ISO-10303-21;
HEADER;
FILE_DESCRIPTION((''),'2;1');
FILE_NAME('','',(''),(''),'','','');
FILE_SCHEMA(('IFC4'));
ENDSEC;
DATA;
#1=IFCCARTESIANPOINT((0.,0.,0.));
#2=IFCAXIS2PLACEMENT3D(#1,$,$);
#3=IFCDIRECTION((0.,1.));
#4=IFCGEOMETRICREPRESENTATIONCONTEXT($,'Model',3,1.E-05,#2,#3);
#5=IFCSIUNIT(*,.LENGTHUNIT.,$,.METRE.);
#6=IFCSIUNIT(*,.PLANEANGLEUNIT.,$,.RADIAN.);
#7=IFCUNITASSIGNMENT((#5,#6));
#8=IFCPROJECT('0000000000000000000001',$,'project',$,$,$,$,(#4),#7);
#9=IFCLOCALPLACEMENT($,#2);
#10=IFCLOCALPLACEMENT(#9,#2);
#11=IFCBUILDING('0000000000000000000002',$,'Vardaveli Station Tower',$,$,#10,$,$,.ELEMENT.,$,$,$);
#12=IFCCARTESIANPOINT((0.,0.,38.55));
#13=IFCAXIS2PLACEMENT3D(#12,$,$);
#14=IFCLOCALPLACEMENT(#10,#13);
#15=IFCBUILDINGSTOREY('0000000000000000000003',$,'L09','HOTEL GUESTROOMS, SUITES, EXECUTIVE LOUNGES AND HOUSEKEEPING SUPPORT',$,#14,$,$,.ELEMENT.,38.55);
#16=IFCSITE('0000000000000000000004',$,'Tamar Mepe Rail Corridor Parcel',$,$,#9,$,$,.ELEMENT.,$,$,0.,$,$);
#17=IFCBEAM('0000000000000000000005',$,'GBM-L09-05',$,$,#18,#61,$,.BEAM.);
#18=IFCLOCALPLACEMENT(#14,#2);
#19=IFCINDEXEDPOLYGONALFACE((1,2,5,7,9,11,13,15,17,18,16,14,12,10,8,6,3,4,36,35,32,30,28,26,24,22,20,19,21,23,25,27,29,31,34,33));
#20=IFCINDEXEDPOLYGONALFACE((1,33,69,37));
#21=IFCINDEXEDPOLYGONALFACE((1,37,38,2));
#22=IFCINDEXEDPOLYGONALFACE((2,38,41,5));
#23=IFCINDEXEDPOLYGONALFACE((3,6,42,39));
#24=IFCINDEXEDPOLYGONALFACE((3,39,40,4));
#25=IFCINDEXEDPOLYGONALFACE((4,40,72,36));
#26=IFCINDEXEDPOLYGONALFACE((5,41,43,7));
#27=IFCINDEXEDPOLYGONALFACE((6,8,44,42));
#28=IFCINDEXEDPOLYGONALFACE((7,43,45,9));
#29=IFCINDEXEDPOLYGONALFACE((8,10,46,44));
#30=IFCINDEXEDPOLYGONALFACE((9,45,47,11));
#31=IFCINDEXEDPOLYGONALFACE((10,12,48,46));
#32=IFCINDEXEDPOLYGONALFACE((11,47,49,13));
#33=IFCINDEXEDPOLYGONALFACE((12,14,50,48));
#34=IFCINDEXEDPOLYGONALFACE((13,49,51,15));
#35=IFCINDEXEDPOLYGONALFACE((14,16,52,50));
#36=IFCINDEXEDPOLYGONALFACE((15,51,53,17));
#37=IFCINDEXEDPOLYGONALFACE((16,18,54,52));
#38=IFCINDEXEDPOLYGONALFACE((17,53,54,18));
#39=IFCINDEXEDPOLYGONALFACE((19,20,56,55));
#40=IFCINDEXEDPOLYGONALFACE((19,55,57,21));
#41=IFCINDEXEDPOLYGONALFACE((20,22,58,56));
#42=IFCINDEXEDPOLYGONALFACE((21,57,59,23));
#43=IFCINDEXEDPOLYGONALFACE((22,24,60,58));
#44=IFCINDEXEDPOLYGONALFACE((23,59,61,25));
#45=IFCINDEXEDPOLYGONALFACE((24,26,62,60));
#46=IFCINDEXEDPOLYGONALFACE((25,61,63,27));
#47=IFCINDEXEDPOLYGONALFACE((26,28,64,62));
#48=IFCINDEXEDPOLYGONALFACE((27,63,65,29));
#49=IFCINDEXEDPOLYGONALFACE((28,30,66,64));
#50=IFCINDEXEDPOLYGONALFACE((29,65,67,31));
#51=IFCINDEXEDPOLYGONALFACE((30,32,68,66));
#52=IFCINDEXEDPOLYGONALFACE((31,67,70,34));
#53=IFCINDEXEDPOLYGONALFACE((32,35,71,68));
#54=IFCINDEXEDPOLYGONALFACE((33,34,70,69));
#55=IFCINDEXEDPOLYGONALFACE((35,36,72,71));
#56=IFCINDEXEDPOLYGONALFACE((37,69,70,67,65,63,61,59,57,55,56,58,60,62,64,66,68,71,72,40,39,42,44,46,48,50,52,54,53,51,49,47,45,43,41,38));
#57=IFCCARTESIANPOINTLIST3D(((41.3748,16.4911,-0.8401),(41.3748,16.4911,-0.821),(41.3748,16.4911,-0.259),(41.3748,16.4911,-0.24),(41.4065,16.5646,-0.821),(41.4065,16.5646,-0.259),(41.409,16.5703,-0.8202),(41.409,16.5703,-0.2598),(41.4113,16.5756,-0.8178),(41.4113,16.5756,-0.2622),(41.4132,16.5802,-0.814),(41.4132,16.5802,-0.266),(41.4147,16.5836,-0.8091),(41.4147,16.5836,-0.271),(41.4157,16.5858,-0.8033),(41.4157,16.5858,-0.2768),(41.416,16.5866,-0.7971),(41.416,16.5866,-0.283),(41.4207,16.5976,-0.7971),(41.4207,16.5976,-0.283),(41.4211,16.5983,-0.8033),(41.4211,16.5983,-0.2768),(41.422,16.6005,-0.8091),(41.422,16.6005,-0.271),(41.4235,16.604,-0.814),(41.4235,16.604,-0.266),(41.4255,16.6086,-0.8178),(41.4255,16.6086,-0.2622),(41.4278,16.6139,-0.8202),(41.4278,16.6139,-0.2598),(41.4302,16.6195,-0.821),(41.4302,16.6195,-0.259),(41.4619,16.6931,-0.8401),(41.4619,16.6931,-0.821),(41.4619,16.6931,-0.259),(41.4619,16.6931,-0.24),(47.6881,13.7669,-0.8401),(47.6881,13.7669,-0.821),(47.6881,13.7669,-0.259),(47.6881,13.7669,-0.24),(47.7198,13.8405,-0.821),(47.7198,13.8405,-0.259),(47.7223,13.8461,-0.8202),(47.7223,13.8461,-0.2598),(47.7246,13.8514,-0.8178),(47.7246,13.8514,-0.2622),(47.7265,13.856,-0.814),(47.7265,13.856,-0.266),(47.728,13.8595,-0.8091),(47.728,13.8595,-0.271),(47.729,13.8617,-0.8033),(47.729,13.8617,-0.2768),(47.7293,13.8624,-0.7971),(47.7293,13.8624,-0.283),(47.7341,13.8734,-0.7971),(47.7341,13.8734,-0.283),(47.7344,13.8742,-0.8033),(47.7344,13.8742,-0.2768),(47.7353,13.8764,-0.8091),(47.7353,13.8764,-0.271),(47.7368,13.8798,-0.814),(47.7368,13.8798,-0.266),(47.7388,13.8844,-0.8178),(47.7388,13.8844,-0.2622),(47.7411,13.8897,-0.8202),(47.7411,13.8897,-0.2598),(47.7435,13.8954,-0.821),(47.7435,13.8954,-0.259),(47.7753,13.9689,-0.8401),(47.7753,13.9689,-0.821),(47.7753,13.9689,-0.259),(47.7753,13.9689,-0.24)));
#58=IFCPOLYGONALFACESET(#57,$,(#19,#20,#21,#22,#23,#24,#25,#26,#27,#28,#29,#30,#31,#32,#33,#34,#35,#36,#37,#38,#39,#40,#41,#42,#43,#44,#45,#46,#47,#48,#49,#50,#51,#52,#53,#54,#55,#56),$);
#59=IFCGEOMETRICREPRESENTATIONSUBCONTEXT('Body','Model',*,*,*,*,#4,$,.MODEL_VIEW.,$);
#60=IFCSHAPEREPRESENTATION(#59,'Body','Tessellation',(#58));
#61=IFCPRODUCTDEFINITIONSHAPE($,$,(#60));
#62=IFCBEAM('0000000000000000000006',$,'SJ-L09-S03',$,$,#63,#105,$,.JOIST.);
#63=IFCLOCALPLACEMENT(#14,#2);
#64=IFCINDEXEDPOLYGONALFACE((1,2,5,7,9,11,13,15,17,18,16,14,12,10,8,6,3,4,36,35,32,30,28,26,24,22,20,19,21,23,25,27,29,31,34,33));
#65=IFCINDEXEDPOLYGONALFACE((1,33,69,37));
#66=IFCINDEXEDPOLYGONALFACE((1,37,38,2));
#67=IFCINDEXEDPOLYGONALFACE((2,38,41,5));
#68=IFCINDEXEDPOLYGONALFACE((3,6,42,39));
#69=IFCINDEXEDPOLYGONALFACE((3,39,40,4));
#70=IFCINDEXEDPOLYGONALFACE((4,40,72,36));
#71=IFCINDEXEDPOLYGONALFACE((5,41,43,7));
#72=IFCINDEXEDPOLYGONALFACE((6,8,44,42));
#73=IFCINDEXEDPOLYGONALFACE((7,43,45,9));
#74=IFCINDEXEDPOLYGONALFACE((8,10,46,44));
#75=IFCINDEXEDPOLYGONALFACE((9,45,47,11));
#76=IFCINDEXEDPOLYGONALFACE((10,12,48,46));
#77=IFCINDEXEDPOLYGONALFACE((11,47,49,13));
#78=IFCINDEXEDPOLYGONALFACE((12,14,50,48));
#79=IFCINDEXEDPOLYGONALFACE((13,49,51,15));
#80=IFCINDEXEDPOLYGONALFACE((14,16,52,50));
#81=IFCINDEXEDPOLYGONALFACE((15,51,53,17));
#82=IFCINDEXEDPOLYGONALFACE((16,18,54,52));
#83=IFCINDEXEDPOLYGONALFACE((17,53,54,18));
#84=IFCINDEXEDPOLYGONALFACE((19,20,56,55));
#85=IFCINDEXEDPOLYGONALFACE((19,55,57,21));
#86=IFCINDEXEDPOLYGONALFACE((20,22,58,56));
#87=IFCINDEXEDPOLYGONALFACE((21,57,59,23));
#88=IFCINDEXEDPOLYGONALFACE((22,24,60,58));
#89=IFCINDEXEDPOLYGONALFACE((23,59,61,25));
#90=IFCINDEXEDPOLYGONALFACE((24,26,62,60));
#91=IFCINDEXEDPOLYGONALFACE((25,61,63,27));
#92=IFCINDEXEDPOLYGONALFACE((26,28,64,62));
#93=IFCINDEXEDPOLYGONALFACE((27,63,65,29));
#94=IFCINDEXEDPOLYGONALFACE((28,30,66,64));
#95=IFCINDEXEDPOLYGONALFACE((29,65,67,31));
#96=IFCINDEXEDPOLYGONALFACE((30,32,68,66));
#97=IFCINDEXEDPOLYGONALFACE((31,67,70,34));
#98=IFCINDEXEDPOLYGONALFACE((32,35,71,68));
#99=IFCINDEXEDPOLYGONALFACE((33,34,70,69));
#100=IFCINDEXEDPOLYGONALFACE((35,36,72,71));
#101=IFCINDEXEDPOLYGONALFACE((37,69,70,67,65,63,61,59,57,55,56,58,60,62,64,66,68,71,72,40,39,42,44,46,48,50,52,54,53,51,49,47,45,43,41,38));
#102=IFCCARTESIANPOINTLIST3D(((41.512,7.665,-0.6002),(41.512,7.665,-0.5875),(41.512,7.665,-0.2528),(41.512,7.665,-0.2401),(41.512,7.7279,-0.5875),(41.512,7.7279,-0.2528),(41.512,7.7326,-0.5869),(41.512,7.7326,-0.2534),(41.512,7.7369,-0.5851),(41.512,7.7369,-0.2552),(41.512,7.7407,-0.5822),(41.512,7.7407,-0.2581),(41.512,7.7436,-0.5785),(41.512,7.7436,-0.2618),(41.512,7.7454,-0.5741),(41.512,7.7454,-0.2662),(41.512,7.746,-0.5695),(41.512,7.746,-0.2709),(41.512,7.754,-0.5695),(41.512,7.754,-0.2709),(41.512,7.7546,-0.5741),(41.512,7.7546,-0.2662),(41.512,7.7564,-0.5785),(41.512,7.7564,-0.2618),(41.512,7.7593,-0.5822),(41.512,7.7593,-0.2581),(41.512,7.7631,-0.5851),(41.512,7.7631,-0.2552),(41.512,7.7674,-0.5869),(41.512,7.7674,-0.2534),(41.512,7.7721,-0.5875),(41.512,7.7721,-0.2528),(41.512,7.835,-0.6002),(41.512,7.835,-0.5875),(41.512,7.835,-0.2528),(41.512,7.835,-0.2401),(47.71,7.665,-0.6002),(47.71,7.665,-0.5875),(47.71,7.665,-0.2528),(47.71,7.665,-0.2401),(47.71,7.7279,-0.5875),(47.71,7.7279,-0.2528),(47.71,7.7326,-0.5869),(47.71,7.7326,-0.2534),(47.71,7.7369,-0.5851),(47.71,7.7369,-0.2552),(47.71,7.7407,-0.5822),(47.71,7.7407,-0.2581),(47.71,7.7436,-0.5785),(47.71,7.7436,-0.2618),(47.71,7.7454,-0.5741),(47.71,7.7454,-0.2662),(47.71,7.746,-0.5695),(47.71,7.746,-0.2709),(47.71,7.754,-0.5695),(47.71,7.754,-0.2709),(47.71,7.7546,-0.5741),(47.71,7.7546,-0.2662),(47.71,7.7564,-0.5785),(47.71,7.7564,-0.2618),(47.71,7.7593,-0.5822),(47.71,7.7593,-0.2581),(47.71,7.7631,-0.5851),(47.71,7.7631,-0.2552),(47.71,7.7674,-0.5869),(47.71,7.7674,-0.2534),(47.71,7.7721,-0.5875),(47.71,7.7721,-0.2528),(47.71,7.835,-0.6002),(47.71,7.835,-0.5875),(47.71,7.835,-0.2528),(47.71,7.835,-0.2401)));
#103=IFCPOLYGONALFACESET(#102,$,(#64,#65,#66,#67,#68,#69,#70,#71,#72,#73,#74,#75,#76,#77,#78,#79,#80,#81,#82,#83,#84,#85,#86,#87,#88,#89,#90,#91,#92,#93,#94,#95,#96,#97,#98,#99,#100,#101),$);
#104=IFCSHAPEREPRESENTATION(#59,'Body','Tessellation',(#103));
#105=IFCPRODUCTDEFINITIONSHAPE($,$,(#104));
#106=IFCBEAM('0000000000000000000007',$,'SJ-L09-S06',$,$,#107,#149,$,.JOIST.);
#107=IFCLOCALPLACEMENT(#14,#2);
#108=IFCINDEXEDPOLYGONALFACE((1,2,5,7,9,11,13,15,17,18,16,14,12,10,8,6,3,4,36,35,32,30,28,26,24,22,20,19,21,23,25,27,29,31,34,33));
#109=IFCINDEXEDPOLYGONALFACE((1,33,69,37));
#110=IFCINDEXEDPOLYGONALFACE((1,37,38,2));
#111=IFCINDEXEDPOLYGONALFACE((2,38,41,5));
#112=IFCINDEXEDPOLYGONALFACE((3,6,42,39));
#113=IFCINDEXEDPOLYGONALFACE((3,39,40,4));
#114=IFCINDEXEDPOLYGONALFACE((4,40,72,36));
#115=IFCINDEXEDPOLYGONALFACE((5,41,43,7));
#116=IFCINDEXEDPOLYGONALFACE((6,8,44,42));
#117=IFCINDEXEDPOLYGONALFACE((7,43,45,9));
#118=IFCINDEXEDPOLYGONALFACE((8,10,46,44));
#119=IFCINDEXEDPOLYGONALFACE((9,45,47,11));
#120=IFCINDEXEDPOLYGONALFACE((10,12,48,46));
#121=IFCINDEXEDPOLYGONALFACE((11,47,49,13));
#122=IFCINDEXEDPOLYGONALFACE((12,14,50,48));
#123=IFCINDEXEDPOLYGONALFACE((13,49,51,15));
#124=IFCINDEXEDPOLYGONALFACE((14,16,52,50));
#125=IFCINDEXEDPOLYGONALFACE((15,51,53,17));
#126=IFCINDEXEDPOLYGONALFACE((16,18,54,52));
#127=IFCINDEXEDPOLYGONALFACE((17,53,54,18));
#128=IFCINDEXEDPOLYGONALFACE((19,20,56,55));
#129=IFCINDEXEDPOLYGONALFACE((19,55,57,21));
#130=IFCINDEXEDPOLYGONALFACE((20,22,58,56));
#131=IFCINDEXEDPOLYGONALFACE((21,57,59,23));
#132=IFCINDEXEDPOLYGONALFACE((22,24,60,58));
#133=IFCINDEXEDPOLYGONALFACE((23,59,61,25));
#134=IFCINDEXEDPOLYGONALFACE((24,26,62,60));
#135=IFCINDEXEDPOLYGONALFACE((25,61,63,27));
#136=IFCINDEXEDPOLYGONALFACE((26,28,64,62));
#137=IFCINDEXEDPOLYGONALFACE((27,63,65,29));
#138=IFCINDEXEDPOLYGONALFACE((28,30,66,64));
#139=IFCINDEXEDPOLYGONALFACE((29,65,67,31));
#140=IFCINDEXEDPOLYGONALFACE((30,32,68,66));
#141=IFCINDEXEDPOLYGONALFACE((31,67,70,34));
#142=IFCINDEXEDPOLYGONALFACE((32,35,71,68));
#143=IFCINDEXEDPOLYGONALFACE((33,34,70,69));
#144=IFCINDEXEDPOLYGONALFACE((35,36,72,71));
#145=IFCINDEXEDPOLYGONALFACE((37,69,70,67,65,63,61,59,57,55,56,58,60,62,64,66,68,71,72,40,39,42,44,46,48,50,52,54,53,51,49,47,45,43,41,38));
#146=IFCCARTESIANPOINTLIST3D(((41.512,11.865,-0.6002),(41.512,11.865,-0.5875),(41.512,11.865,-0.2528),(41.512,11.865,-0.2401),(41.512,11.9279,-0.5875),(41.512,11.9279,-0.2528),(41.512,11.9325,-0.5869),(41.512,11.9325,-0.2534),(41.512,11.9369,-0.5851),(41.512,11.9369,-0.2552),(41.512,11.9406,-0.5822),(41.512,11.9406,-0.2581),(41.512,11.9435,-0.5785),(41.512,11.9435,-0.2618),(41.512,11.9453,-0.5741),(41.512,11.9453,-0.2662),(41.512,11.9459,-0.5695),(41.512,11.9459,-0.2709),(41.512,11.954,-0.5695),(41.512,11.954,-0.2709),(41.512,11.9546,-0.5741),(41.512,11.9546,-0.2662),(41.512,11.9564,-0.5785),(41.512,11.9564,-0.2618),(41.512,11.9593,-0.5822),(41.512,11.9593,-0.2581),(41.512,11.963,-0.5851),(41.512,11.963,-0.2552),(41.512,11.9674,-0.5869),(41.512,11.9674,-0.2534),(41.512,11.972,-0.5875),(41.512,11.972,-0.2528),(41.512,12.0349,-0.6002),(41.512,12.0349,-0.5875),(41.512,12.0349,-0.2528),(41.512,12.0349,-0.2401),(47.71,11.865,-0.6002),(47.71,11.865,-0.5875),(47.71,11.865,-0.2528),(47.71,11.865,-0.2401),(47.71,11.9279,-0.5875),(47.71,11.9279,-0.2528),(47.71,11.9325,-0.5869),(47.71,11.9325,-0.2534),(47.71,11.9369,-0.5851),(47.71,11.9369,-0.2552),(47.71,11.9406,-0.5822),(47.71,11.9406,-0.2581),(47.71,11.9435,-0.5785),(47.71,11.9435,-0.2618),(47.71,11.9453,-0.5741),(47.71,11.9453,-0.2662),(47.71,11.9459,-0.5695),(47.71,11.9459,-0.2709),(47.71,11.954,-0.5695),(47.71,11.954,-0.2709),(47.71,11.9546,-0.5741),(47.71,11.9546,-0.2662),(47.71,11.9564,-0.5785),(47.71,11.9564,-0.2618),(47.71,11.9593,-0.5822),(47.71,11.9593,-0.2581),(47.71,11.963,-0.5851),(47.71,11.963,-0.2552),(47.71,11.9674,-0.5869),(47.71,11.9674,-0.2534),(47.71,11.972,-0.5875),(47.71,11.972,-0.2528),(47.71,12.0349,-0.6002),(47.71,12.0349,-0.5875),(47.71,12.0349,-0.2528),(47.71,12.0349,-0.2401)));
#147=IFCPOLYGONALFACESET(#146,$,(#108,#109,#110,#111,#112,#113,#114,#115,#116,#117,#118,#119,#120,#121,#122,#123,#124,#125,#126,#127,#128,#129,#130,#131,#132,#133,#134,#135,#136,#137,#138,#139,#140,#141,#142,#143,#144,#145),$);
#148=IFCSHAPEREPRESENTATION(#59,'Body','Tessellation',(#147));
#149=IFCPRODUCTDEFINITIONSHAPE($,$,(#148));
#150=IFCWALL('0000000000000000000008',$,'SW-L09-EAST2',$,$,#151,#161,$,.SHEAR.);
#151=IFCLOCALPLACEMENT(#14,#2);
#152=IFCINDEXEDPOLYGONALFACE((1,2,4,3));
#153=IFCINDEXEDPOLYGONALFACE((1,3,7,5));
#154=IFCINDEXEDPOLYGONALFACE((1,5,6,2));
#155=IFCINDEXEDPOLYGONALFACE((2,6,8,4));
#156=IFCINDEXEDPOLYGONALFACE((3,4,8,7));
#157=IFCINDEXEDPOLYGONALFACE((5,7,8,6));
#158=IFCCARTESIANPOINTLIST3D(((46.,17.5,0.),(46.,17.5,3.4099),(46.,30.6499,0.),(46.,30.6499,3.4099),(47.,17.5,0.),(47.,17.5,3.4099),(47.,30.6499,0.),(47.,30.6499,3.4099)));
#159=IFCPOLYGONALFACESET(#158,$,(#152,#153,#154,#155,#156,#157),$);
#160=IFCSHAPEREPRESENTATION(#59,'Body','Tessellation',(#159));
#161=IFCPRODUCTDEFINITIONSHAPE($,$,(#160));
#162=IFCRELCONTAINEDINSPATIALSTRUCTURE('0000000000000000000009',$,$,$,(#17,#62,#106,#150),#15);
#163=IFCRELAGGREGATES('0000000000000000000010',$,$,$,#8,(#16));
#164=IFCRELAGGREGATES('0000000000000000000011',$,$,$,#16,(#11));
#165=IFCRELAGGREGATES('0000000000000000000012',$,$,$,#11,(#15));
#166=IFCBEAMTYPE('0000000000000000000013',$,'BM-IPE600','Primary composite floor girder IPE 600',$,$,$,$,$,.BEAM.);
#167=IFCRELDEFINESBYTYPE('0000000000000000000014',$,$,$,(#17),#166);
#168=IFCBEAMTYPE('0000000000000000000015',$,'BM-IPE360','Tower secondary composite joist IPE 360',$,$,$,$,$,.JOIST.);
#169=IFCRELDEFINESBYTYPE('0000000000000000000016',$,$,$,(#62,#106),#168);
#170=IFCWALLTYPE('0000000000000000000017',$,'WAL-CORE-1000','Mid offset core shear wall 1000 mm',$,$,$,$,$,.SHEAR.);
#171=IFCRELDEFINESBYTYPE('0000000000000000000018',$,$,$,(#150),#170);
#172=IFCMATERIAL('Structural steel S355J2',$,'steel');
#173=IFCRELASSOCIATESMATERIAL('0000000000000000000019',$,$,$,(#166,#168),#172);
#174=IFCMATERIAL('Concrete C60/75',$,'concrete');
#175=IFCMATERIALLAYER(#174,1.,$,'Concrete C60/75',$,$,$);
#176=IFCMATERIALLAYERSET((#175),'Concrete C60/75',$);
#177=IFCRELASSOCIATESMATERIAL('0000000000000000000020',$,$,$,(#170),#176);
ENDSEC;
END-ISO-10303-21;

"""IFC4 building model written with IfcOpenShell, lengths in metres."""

from ifc_helpers import new_model, si_unit, direction, frame, frame_2d, origin, origin_2d, place, context, subcontext, project, spatial, rectangle, i_section, extrude, source, transform, mapped, material, layer, layer_set, material_profile, profile_set, type_object, element, save


model = new_model("IFC4")

# Units and contexts
model_context = context("Model", 3, precision=1e-05, world=origin(), true_north=direction((0.0, 1.0)))
body_context = subcontext(model_context, "Body", "Model", "MODEL_VIEW")
ifc_project = project(units=[si_unit("LENGTHUNIT", "METRE"), si_unit("PLANEANGLEUNIT", "RADIAN")], contexts=[model_context])

# Site, building, storey
site_placement = place(None, origin())
site = spatial("IfcSite", under=ifc_project, at=site_placement, Name="Tamar Mepe Rail Corridor Parcel", CompositionType="ELEMENT", RefElevation=0.0)
building_placement = place(site_placement, origin())
building = spatial("IfcBuilding", under=site, at=building_placement, Name="Vardaveli Station Tower", CompositionType="ELEMENT")
storey_placement = place(building_placement, frame((0.0, 0.0, 38.55)))
storey = spatial("IfcBuildingStorey", under=building, at=storey_placement, Name="L09", Description="HOTEL GUESTROOMS, SUITES, EXECUTIVE LOUNGES AND HOUSEKEEPING SUPPORT", CompositionType="ELEMENT", Elevation=38.55)

# Beams
ifc_material_1 = material(Name="Structural steel S355J2", Category="steel")
ifc_material_profile_1 = material_profile(ifc_material_1, i_section(OverallWidth=0.22, OverallDepth=0.6001, WebThickness=0.012, FlangeThickness=0.019, FilletRadius=0.0239, at=origin_2d()), Name="IPE 600")
ifc_profile_set_1 = profile_set([ifc_material_profile_1], Name="Structural steel S355J2")
beam_type_1 = type_object("IfcBeamType", Name="BM-IPE600", Description="Primary composite floor girder IPE 600", PredefinedType="BEAM", material=ifc_profile_set_1)
shared_shape_1 = source(origin(), body_context, "Body", "SweptSolid", [
    extrude(i_section(OverallWidth=0.22, OverallDepth=0.6001, WebThickness=0.012, FlangeThickness=0.019, FilletRadius=0.0239, at=origin_2d()), origin(), (0.0, 0.0, 1.0), 6.876),
])
beam_1_placement = place(storey_placement, frame((47.7317, 13.8679, -0.54), z_axis=(-0.918171, 0.396185, 0.0), x_axis=(-0.396185, -0.918171, 0.0)))
element("IfcBeam", 1, at=beam_1_placement, inside=storey, type_object=beam_type_1, Name="GBM-L09-05", PredefinedType="BEAM", context=body_context, shape_type="MappedRepresentation", body=[
    mapped(shared_shape_1, transform((0.0, 0.0, 0.0), scale=1.0)),
])
ifc_material_profile_2 = material_profile(ifc_material_1, i_section(OverallWidth=0.1699, OverallDepth=0.3601, WebThickness=0.0081, FlangeThickness=0.0127, FilletRadius=0.0181, at=origin_2d()), Name="IPE 360")
ifc_profile_set_2 = profile_set([ifc_material_profile_2], Name="Structural steel S355J2")
beam_type_2 = type_object("IfcBeamType", Name="BM-IPE360", Description="Tower secondary composite joist IPE 360", PredefinedType="JOIST", material=ifc_profile_set_2)
shared_shape_2 = source(origin(), body_context, "Body", "SweptSolid", [
    extrude(i_section(OverallWidth=0.1699, OverallDepth=0.3601, WebThickness=0.0081, FlangeThickness=0.0127, FilletRadius=0.0181, at=origin_2d()), origin(), (0.0, 0.0, 1.0), 6.198),
])
for number, where, z_axis, x_axis, name in (
    (2, (41.512, 7.75, -0.4202), (1.0, 0.0, 0.0), (0.0, 1.0, 0.0), "SJ-L09-S03"),
    (3, (41.512, 11.95, -0.4202), (1.0, 0.0, 0.0), (0.0, 1.0, 0.0), "SJ-L09-S06"),
):
    element("IfcBeam", number, at=place(storey_placement, frame(where, z_axis=z_axis, x_axis=x_axis)), inside=storey, type_object=beam_type_2, Name=name, PredefinedType="JOIST", context=body_context, shape_type="MappedRepresentation", body=[
        mapped(shared_shape_2, transform((0.0, 0.0, 0.0), scale=1.0)),
    ])

# Wall
ifc_material_2 = material(Name="Concrete C60/75", Category="concrete")
ifc_layer_1 = layer(ifc_material_2, 1.0, Name="Concrete C60/75")
ifc_layer_set_1 = layer_set([ifc_layer_1], Name="Concrete C60/75")
wall_type_1 = type_object("IfcWallType", Name="WAL-CORE-1000", Description="Mid offset core shear wall 1000 mm", PredefinedType="SHEAR", material=ifc_layer_set_1)
shared_shape_3 = source(origin(), body_context, "Body", "SweptSolid", [
    extrude(rectangle(XDim=13.1499, YDim=1.0, at=frame_2d((6.575, 0.0))), origin(), (0.0, 0.0, 1.0), 3.4099),
])
wall_1_placement = place(storey_placement, frame((46.5, 17.5, 0.0), z_axis=(0.0, 0.0, 1.0), x_axis=(0.0, 1.0, 0.0)))
element("IfcWall", 4, at=wall_1_placement, inside=storey, type_object=wall_type_1, Name="SW-L09-EAST2", PredefinedType="SHEAR", context=body_context, shape_type="MappedRepresentation", body=[
    mapped(shared_shape_3, transform((0.0, 0.0, 0.0), scale=1.0)),
])

save(model, "model.ifc")
